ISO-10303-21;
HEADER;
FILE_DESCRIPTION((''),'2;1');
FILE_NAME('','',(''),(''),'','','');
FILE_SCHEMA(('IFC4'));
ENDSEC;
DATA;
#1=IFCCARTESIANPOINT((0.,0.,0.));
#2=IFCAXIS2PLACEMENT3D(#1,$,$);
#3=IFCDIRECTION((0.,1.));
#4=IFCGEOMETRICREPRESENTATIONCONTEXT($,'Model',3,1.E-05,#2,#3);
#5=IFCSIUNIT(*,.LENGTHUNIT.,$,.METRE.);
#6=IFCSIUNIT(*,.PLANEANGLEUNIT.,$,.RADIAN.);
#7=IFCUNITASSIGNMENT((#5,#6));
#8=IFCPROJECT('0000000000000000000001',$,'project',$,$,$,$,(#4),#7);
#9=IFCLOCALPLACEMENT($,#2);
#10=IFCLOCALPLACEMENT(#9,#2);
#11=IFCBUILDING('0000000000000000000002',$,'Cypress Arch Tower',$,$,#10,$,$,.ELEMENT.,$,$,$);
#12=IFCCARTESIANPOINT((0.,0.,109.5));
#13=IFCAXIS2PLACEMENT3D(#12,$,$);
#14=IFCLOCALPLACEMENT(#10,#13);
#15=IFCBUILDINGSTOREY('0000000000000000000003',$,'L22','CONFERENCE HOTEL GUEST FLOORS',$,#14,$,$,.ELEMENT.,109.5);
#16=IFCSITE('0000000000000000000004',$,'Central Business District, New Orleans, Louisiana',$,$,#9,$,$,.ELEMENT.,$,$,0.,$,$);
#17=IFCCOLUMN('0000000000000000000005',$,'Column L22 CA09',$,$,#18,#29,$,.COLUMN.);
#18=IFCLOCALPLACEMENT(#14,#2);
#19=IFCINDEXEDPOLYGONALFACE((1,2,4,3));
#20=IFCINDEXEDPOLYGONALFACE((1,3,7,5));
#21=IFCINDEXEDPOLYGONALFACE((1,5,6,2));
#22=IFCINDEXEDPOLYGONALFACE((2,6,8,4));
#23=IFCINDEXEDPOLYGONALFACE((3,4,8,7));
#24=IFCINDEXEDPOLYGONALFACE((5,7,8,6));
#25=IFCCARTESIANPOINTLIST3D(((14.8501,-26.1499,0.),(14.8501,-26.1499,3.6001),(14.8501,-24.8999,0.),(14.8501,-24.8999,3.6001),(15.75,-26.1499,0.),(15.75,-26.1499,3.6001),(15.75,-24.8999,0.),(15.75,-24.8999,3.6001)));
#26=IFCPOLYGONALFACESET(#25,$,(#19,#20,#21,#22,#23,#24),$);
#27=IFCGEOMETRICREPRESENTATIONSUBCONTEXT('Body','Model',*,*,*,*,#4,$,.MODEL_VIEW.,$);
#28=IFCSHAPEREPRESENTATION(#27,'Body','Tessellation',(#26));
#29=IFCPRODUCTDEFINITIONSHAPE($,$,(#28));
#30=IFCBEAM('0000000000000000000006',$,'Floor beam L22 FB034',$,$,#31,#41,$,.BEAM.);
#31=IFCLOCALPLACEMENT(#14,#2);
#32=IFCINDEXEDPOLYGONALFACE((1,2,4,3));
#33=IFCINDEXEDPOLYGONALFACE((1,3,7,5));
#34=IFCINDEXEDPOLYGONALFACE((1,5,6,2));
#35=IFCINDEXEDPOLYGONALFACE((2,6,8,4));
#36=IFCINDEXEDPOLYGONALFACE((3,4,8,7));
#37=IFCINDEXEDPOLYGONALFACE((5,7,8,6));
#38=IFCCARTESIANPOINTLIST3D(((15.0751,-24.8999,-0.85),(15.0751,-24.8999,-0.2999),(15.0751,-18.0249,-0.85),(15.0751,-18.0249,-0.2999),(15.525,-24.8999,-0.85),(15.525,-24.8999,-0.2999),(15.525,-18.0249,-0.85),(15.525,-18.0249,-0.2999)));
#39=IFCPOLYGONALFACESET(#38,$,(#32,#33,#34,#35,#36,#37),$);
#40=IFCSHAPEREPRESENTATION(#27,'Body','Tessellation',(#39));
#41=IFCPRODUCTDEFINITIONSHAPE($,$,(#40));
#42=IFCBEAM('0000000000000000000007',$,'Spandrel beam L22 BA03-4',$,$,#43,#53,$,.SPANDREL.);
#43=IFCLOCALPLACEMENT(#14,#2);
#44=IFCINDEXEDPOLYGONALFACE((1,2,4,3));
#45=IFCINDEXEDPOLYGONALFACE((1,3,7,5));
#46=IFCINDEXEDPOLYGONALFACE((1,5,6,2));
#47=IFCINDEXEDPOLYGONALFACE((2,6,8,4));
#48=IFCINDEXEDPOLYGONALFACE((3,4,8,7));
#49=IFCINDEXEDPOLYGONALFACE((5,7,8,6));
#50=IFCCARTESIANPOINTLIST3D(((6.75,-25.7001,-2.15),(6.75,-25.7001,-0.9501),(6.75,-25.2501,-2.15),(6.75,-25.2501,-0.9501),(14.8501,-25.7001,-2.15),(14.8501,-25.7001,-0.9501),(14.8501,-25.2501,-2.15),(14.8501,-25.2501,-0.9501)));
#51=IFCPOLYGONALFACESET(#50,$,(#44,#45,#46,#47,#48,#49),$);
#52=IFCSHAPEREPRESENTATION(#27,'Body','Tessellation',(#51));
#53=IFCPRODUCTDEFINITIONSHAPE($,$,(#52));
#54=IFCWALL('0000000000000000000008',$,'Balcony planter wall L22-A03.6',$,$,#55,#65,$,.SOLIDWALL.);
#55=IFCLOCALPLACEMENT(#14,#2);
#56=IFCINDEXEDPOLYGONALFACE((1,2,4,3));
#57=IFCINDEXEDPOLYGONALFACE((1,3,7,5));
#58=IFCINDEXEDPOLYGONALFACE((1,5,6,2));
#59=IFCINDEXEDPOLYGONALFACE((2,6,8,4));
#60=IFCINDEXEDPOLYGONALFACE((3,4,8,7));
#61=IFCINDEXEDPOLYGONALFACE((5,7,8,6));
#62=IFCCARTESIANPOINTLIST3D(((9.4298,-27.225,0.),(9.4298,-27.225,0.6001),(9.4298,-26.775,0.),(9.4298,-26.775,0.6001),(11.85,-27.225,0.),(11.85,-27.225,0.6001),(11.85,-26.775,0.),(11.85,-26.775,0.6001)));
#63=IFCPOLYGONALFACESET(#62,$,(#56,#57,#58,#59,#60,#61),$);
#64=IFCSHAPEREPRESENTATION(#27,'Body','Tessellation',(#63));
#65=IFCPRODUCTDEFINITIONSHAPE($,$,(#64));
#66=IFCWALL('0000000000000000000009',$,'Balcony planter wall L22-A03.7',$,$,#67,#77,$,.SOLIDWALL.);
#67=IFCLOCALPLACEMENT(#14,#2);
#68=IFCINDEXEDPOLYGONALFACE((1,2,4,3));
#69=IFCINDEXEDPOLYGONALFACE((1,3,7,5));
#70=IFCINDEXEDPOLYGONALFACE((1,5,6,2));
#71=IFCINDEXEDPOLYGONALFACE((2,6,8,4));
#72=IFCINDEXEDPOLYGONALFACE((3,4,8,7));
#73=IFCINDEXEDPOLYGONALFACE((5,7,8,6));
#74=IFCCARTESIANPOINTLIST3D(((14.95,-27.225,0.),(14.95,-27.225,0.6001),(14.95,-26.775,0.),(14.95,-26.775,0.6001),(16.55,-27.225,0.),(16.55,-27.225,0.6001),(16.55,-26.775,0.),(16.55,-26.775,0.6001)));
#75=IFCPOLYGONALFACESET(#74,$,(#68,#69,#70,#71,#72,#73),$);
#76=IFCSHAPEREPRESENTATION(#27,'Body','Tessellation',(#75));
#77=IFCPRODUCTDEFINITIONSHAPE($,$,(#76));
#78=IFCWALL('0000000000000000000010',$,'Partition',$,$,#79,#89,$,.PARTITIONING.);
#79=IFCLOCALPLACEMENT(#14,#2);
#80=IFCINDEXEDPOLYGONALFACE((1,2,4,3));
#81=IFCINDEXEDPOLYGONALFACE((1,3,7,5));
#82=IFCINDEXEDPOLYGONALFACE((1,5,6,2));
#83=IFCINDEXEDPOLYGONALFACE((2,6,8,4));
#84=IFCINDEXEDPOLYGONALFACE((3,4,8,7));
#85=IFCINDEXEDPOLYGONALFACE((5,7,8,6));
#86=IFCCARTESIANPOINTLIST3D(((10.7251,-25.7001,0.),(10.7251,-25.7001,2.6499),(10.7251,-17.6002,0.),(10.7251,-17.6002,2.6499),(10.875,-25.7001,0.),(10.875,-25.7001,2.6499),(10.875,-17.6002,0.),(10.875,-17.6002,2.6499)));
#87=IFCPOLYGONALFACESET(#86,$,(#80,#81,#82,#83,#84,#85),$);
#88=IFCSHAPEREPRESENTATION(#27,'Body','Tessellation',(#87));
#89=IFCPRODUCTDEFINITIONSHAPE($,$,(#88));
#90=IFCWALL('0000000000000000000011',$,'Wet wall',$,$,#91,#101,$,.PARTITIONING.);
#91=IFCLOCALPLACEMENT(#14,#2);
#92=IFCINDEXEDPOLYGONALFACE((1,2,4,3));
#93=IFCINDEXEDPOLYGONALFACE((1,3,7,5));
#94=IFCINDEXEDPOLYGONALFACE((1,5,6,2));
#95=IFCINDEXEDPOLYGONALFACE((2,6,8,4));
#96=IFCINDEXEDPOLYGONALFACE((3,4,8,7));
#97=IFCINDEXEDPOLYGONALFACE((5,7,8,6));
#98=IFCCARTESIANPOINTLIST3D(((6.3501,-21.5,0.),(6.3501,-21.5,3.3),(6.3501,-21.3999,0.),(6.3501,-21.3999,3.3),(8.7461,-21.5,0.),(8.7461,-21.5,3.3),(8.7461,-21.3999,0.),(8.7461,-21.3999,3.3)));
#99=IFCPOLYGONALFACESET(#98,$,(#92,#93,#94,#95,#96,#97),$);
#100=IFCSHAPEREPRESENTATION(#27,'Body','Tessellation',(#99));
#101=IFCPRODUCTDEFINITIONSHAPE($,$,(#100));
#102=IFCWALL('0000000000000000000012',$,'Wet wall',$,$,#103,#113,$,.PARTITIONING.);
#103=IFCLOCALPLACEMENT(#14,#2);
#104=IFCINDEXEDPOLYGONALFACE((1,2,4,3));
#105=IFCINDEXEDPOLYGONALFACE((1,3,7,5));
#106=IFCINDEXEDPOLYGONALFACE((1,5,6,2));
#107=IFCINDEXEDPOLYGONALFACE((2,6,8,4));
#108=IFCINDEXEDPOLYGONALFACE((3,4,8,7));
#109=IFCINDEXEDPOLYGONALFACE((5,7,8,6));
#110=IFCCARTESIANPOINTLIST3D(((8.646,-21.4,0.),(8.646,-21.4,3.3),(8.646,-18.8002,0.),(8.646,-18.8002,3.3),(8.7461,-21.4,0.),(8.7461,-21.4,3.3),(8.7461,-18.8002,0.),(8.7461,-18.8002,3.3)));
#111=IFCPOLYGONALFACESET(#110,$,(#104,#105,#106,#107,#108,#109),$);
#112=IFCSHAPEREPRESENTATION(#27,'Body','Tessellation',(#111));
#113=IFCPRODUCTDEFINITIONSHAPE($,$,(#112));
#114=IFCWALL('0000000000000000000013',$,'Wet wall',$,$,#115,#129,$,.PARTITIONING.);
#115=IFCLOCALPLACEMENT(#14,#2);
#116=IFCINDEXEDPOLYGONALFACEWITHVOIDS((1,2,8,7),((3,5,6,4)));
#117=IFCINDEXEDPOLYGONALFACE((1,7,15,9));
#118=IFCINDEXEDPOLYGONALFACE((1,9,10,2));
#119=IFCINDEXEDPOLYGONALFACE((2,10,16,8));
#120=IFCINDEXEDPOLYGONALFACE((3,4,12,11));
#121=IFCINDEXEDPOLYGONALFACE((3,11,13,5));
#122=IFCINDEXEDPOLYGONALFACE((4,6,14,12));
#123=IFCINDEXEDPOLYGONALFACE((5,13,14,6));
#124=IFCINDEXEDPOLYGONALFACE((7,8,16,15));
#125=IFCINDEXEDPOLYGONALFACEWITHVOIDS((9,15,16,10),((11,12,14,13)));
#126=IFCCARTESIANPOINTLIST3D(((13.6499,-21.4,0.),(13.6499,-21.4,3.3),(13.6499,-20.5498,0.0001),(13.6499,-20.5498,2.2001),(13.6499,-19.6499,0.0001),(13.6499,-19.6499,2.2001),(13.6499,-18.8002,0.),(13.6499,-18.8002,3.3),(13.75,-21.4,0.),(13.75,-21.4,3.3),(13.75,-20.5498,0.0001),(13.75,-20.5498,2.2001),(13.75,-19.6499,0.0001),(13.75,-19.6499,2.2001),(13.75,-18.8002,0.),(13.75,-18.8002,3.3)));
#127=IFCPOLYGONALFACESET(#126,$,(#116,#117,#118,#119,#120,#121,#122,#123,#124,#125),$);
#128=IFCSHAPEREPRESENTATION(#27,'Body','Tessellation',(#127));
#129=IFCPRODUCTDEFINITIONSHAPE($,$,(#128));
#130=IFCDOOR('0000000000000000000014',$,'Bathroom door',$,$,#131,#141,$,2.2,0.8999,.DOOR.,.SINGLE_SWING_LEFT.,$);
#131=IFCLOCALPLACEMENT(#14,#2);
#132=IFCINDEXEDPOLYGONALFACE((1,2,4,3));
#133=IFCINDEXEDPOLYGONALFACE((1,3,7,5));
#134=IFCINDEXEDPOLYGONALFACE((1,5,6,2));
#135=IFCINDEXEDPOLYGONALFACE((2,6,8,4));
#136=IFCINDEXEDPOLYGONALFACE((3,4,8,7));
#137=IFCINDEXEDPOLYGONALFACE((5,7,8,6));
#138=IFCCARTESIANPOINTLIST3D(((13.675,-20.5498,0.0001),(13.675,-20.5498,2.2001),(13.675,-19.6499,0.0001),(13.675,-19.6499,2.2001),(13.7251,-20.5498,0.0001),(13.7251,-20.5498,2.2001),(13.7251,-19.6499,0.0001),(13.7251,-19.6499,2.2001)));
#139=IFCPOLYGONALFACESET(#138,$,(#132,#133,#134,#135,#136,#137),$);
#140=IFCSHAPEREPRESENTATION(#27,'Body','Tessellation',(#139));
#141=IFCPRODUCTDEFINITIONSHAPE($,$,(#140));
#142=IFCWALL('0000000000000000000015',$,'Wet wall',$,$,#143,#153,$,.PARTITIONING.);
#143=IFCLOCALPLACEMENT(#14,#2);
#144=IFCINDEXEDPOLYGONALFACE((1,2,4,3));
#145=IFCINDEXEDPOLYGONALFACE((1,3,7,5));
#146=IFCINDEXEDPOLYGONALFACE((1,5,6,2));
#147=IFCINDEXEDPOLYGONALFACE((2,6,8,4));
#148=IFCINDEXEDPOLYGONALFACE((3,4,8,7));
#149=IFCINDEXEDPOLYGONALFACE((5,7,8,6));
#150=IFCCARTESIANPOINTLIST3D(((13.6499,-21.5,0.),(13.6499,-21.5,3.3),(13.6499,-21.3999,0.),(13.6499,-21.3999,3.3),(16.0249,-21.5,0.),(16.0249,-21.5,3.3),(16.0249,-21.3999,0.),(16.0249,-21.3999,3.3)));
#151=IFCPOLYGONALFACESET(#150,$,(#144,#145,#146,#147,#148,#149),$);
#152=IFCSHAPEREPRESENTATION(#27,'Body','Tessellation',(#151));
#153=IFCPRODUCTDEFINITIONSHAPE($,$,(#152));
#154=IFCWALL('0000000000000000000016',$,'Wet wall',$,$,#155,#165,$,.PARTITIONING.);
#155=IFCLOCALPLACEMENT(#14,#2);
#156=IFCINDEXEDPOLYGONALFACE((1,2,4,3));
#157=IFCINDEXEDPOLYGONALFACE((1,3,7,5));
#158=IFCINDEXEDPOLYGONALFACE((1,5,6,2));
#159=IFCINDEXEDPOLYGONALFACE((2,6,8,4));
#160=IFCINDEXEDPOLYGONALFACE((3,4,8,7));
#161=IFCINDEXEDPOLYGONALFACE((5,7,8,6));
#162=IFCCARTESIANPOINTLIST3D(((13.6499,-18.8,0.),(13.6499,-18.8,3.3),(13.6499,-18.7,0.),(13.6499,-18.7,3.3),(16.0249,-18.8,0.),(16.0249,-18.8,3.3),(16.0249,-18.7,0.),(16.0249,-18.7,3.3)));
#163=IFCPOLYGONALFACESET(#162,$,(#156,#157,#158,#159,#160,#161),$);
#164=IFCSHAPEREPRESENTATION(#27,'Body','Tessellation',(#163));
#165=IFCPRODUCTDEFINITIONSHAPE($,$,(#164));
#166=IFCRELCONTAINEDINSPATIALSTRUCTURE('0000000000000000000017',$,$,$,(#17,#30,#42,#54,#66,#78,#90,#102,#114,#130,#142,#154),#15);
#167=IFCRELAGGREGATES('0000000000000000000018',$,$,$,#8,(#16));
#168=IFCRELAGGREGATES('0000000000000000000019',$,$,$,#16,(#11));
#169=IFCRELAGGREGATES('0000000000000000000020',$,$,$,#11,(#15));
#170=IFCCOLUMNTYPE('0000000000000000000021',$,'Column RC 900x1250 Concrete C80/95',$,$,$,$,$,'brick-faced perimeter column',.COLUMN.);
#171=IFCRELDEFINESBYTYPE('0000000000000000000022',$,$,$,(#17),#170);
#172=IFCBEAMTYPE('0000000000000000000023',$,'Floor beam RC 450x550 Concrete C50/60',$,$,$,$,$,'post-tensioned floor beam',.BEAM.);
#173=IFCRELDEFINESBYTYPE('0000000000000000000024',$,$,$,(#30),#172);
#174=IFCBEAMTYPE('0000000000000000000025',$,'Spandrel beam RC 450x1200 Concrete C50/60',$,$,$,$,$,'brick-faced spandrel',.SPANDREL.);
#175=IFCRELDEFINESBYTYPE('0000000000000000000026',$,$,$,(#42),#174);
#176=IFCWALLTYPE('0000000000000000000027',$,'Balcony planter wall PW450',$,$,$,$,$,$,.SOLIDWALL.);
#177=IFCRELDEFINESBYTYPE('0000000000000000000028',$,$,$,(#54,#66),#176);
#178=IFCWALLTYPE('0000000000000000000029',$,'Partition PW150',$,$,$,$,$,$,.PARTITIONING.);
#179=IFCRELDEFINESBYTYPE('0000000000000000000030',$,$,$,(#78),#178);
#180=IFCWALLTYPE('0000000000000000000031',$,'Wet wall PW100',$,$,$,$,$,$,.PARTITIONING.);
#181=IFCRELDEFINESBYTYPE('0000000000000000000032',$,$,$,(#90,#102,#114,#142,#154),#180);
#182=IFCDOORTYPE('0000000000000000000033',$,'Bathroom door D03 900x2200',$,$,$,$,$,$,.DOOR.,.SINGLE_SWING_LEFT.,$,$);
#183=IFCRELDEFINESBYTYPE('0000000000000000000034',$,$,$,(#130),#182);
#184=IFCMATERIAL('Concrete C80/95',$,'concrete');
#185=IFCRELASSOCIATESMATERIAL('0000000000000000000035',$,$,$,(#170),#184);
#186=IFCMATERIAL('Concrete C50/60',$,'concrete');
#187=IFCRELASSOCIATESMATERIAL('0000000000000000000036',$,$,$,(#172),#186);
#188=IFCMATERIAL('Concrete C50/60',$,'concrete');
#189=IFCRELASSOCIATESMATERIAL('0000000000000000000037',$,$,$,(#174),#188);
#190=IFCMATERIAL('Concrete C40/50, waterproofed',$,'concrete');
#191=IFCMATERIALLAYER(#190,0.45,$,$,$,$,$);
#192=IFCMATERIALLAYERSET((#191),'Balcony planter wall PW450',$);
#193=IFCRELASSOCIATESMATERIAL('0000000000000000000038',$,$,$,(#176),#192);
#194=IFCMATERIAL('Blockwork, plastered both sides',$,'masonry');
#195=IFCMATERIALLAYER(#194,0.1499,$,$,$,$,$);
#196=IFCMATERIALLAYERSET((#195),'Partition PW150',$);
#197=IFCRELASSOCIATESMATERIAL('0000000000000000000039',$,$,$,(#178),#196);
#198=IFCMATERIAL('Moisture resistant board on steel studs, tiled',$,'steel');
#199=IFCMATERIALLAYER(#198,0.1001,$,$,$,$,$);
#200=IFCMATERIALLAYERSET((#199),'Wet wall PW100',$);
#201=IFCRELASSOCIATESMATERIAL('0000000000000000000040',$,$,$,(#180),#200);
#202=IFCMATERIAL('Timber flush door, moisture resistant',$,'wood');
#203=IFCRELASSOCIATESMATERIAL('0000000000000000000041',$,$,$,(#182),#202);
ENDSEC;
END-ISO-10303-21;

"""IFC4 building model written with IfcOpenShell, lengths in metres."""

from ifc_helpers import new_model, si_unit, direction, frame, frame_2d, origin, origin_2d, place, context, subcontext, project, spatial, rectangle, extrude, material, layer, layer_set, material_profile, profile_set, type_object, element, fill, save


model = new_model("IFC4")

# Units and contexts
model_context = context("Model", 3, precision=1e-05, world=origin(), true_north=direction((0.0, 1.0)))
body_context = subcontext(model_context, "Body", "Model", "MODEL_VIEW")
ifc_project = project(units=[si_unit("LENGTHUNIT", "METRE"), si_unit("PLANEANGLEUNIT", "RADIAN")], contexts=[model_context])

# Site, building, storey
site_placement = place(None, origin())
site = spatial("IfcSite", under=ifc_project, at=site_placement, Name="Central Business District, New Orleans, Louisiana", CompositionType="ELEMENT", RefElevation=0.0)
building_placement = place(site_placement, origin())
building = spatial("IfcBuilding", under=site, at=building_placement, Name="Cypress Arch Tower", CompositionType="ELEMENT")
storey_placement = place(building_placement, frame((0.0, 0.0, 109.5)))
storey = spatial("IfcBuildingStorey", under=building, at=storey_placement, Name="L22", Description="CONFERENCE HOTEL GUEST FLOORS", CompositionType="ELEMENT", Elevation=109.5)

# Column
ifc_material_1 = material(Name="Concrete C80/95", Category="concrete")
ifc_material_profile_1 = material_profile(ifc_material_1, rectangle(XDim=0.8999, YDim=1.25, at=origin_2d()), Name="RC 900x1250")
ifc_profile_set_1 = profile_set([ifc_material_profile_1], Name="Concrete C80/95")
column_type = type_object("IfcColumnType", Name="Column RC 900x1250 Concrete C80/95", ElementType="brick-faced perimeter column", PredefinedType="COLUMN", material=ifc_profile_set_1)
column_placement = place(storey_placement, frame((15.3, -25.5249, 0.0), z_axis=(0.0, 0.0, 1.0), x_axis=(1.0, 0.0, 0.0)))
element("IfcColumn", 1, at=column_placement, inside=storey, type_object=column_type, Name="Column L22 CA09", PredefinedType="COLUMN", context=body_context, shape_type="SweptSolid", body=[
    extrude(rectangle(XDim=0.8999, YDim=1.25, at=origin_2d()), origin(), (0.0, 0.0, 1.0), 3.6001),
])

# Beams
ifc_material_2 = material(Name="Concrete C50/60", Category="concrete")
ifc_material_profile_2 = material_profile(ifc_material_2, rectangle(XDim=0.45, YDim=0.55, at=origin_2d()), Name="RC 450x550")
ifc_profile_set_2 = profile_set([ifc_material_profile_2], Name="Concrete C50/60")
beam_type_1 = type_object("IfcBeamType", Name="Floor beam RC 450x550 Concrete C50/60", ElementType="post-tensioned floor beam", PredefinedType="BEAM", material=ifc_profile_set_2)
beam_1_placement = place(storey_placement, frame((15.3, -24.8999, -0.575), z_axis=(0.0, 1.0, 0.0), x_axis=(-1.0, 0.0, 0.0)))
element("IfcBeam", 2, at=beam_1_placement, inside=storey, type_object=beam_type_1, Name="Floor beam L22 FB034", PredefinedType="BEAM", context=body_context, shape_type="SweptSolid", body=[
    extrude(rectangle(XDim=0.45, YDim=0.55, at=origin_2d()), origin(), (0.0, 0.0, 1.0), 6.875),
])
ifc_material_3 = material(Name="Concrete C50/60", Category="concrete")
ifc_material_profile_3 = material_profile(ifc_material_3, rectangle(XDim=0.45, YDim=1.2, at=origin_2d()), Name="RC 450x1200")
ifc_profile_set_3 = profile_set([ifc_material_profile_3], Name="Concrete C50/60")
beam_type_2 = type_object("IfcBeamType", Name="Spandrel beam RC 450x1200 Concrete C50/60", ElementType="brick-faced spandrel", PredefinedType="SPANDREL", material=ifc_profile_set_3)
beam_2_placement = place(storey_placement, frame((6.75, -25.4751, -1.55), z_axis=(1.0, 0.0, 0.0), x_axis=(0.0, 1.0, 0.0)))
element("IfcBeam", 3, at=beam_2_placement, inside=storey, type_object=beam_type_2, Name="Spandrel beam L22 BA03-4", PredefinedType="SPANDREL", context=body_context, shape_type="SweptSolid", body=[
    extrude(rectangle(XDim=0.45, YDim=1.2, at=origin_2d()), origin(), (0.0, 0.0, 1.0), 8.1001),
])

# Walls
ifc_material_4 = material(Name="Concrete C40/50, waterproofed", Category="concrete")
ifc_layer_1 = layer(ifc_material_4, 0.45)
ifc_layer_set_1 = layer_set([ifc_layer_1], Name="Balcony planter wall PW450")
wall_type_1 = type_object("IfcWallType", Name="Balcony planter wall PW450", PredefinedType="SOLIDWALL", material=ifc_layer_set_1)
wall_1_placement = place(storey_placement, frame((9.4299, -27.0, 0.0), z_axis=(0.0, 0.0, 1.0), x_axis=(1.0, 0.0, 0.0)))
element("IfcWall", 4, at=wall_1_placement, inside=storey, type_object=wall_type_1, Name="Balcony planter wall L22-A03.6", PredefinedType="SOLIDWALL", context=body_context, shape_type="SweptSolid", body=[
    extrude(rectangle(XDim=2.4202, YDim=0.45, at=frame_2d((1.21, 0.0))), origin(), (0.0, 0.0, 1.0), 0.6001),
])
wall_2_placement = place(storey_placement, frame((14.95, -27.0, 0.0), z_axis=(0.0, 0.0, 1.0), x_axis=(1.0, 0.0, 0.0)))
element("IfcWall", 5, at=wall_2_placement, inside=storey, type_object=wall_type_1, Name="Balcony planter wall L22-A03.7", PredefinedType="SOLIDWALL", context=body_context, shape_type="SweptSolid", body=[
    extrude(rectangle(XDim=1.6001, YDim=0.45, at=frame_2d((0.8, 0.0))), origin(), (0.0, 0.0, 1.0), 0.6001),
])

# Walls
ifc_material_5 = material(Name="Blockwork, plastered both sides", Category="masonry")
ifc_layer_2 = layer(ifc_material_5, 0.1499)
ifc_layer_set_2 = layer_set([ifc_layer_2], Name="Partition PW150")
wall_type_2 = type_object("IfcWallType", Name="Partition PW150", PredefinedType="PARTITIONING", material=ifc_layer_set_2)
wall_3_placement = place(storey_placement, frame((10.8, -25.7, 0.0), z_axis=(0.0, 0.0, 1.0), x_axis=(0.0, 1.0, 0.0)))
element("IfcWall", 6, at=wall_3_placement, inside=storey, type_object=wall_type_2, Name="Partition", PredefinedType="PARTITIONING", context=body_context, shape_type="SweptSolid", body=[
    extrude(rectangle(XDim=8.0999, YDim=0.1499, at=frame_2d((4.0498, 0.0))), origin(), (0.0, 0.0, 1.0), 2.6499),
])
ifc_material_6 = material(Name="Moisture resistant board on steel studs, tiled", Category="steel")
ifc_layer_3 = layer(ifc_material_6, 0.1001)
ifc_layer_set_3 = layer_set([ifc_layer_3], Name="Wet wall PW100")
wall_type_3 = type_object("IfcWallType", Name="Wet wall PW100", PredefinedType="PARTITIONING", material=ifc_layer_set_3)
wall_4_placement = place(storey_placement, frame((6.3501, -21.45, 0.0), z_axis=(0.0, 0.0, 1.0), x_axis=(1.0, 0.0, 0.0)))
element("IfcWall", 7, at=wall_4_placement, inside=storey, type_object=wall_type_3, Name="Wet wall", PredefinedType="PARTITIONING", context=body_context, shape_type="SweptSolid", body=[
    extrude(rectangle(XDim=2.396, YDim=0.1001, at=frame_2d((1.198, 0.0))), origin(), (0.0, 0.0, 1.0), 3.3),
])
wall_5_placement = place(storey_placement, frame((8.696, -21.3999, 0.0), z_axis=(0.0, 0.0, 1.0), x_axis=(0.0, 1.0, 0.0)))
element("IfcWall", 8, at=wall_5_placement, inside=storey, type_object=wall_type_3, Name="Wet wall", PredefinedType="PARTITIONING", context=body_context, shape_type="SweptSolid", body=[
    extrude(rectangle(XDim=2.5999, YDim=0.1001, at=frame_2d((1.2998, 0.0))), origin(), (0.0, 0.0, 1.0), 3.3),
])

# Wall, opening, door
wall_6_placement = place(storey_placement, frame((13.7, -21.3999, 0.0), z_axis=(0.0, 0.0, 1.0), x_axis=(0.0, 1.0, 0.0)))
wall_6 = element("IfcWall", 9, at=wall_6_placement, inside=storey, type_object=wall_type_3, Name="Wet wall", PredefinedType="PARTITIONING", context=body_context, shape_type="SweptSolid", body=[
    extrude(rectangle(XDim=2.5999, YDim=0.1001, at=frame_2d((1.2998, 0.0))), origin(), (0.0, 0.0, 1.0), 3.3),
])
opening_1_placement = place(wall_6_placement, frame((0.8501, 0.0, 0.0)))
opening_1 = element("IfcOpeningElement", 10, at=opening_1_placement, cuts=wall_6, PredefinedType="OPENING", context=body_context, shape_type="SweptSolid", body=[
    extrude(rectangle(XDim=0.8999, YDim=2.2, at=frame_2d((0.45, 1.1001))), frame((0.0, 0.0601, 0.0), z_axis=(0.0, -1.0, 0.0), x_axis=(1.0, 0.0, 0.0)), (0.0, 0.0, 1.0), 0.1201),
])
ifc_material_7 = material(Name="Timber flush door, moisture resistant", Category="wood")
door_type_1 = type_object("IfcDoorType", Name="Bathroom door D03 900x2200", OperationType="SINGLE_SWING_LEFT", PredefinedType="DOOR", material=ifc_material_7)
door_1_placement = place(opening_1_placement, origin())
door_1 = element("IfcDoor", 11, at=door_1_placement, inside=storey, type_object=door_type_1, Name="Bathroom door", OperationType="SINGLE_SWING_LEFT", OverallHeight=2.2, OverallWidth=0.8999, PredefinedType="DOOR", context=body_context, shape_type="SweptSolid", body=[
    extrude(rectangle(XDim=0.8999, YDim=2.2, at=frame_2d((0.45, 1.1001))), frame((0.0, 0.0249, 0.0), z_axis=(0.0, -1.0, 0.0), x_axis=(1.0, 0.0, 0.0)), (0.0, 0.0, 1.0), 0.05),
])
fill(opening_1, door_1)

# Walls
for number, where, z_axis, x_axis, name in (
    (12, (13.6499, -21.45, 0.0), (0.0, 0.0, 1.0), (1.0, 0.0, 0.0), "Wet wall"),
    (13, (13.6499, -18.75, 0.0), (0.0, 0.0, 1.0), (1.0, 0.0, 0.0), "Wet wall"),
):
    element("IfcWall", number, at=place(storey_placement, frame(where, z_axis=z_axis, x_axis=x_axis)), inside=storey, type_object=wall_type_3, Name=name, PredefinedType="PARTITIONING", context=body_context, shape_type="SweptSolid", body=[
        extrude(rectangle(XDim=2.375, YDim=0.1001, at=frame_2d((1.1875, 0.0))), origin(), (0.0, 0.0, 1.0), 3.3),
    ])

save(model, "model.ifc")
